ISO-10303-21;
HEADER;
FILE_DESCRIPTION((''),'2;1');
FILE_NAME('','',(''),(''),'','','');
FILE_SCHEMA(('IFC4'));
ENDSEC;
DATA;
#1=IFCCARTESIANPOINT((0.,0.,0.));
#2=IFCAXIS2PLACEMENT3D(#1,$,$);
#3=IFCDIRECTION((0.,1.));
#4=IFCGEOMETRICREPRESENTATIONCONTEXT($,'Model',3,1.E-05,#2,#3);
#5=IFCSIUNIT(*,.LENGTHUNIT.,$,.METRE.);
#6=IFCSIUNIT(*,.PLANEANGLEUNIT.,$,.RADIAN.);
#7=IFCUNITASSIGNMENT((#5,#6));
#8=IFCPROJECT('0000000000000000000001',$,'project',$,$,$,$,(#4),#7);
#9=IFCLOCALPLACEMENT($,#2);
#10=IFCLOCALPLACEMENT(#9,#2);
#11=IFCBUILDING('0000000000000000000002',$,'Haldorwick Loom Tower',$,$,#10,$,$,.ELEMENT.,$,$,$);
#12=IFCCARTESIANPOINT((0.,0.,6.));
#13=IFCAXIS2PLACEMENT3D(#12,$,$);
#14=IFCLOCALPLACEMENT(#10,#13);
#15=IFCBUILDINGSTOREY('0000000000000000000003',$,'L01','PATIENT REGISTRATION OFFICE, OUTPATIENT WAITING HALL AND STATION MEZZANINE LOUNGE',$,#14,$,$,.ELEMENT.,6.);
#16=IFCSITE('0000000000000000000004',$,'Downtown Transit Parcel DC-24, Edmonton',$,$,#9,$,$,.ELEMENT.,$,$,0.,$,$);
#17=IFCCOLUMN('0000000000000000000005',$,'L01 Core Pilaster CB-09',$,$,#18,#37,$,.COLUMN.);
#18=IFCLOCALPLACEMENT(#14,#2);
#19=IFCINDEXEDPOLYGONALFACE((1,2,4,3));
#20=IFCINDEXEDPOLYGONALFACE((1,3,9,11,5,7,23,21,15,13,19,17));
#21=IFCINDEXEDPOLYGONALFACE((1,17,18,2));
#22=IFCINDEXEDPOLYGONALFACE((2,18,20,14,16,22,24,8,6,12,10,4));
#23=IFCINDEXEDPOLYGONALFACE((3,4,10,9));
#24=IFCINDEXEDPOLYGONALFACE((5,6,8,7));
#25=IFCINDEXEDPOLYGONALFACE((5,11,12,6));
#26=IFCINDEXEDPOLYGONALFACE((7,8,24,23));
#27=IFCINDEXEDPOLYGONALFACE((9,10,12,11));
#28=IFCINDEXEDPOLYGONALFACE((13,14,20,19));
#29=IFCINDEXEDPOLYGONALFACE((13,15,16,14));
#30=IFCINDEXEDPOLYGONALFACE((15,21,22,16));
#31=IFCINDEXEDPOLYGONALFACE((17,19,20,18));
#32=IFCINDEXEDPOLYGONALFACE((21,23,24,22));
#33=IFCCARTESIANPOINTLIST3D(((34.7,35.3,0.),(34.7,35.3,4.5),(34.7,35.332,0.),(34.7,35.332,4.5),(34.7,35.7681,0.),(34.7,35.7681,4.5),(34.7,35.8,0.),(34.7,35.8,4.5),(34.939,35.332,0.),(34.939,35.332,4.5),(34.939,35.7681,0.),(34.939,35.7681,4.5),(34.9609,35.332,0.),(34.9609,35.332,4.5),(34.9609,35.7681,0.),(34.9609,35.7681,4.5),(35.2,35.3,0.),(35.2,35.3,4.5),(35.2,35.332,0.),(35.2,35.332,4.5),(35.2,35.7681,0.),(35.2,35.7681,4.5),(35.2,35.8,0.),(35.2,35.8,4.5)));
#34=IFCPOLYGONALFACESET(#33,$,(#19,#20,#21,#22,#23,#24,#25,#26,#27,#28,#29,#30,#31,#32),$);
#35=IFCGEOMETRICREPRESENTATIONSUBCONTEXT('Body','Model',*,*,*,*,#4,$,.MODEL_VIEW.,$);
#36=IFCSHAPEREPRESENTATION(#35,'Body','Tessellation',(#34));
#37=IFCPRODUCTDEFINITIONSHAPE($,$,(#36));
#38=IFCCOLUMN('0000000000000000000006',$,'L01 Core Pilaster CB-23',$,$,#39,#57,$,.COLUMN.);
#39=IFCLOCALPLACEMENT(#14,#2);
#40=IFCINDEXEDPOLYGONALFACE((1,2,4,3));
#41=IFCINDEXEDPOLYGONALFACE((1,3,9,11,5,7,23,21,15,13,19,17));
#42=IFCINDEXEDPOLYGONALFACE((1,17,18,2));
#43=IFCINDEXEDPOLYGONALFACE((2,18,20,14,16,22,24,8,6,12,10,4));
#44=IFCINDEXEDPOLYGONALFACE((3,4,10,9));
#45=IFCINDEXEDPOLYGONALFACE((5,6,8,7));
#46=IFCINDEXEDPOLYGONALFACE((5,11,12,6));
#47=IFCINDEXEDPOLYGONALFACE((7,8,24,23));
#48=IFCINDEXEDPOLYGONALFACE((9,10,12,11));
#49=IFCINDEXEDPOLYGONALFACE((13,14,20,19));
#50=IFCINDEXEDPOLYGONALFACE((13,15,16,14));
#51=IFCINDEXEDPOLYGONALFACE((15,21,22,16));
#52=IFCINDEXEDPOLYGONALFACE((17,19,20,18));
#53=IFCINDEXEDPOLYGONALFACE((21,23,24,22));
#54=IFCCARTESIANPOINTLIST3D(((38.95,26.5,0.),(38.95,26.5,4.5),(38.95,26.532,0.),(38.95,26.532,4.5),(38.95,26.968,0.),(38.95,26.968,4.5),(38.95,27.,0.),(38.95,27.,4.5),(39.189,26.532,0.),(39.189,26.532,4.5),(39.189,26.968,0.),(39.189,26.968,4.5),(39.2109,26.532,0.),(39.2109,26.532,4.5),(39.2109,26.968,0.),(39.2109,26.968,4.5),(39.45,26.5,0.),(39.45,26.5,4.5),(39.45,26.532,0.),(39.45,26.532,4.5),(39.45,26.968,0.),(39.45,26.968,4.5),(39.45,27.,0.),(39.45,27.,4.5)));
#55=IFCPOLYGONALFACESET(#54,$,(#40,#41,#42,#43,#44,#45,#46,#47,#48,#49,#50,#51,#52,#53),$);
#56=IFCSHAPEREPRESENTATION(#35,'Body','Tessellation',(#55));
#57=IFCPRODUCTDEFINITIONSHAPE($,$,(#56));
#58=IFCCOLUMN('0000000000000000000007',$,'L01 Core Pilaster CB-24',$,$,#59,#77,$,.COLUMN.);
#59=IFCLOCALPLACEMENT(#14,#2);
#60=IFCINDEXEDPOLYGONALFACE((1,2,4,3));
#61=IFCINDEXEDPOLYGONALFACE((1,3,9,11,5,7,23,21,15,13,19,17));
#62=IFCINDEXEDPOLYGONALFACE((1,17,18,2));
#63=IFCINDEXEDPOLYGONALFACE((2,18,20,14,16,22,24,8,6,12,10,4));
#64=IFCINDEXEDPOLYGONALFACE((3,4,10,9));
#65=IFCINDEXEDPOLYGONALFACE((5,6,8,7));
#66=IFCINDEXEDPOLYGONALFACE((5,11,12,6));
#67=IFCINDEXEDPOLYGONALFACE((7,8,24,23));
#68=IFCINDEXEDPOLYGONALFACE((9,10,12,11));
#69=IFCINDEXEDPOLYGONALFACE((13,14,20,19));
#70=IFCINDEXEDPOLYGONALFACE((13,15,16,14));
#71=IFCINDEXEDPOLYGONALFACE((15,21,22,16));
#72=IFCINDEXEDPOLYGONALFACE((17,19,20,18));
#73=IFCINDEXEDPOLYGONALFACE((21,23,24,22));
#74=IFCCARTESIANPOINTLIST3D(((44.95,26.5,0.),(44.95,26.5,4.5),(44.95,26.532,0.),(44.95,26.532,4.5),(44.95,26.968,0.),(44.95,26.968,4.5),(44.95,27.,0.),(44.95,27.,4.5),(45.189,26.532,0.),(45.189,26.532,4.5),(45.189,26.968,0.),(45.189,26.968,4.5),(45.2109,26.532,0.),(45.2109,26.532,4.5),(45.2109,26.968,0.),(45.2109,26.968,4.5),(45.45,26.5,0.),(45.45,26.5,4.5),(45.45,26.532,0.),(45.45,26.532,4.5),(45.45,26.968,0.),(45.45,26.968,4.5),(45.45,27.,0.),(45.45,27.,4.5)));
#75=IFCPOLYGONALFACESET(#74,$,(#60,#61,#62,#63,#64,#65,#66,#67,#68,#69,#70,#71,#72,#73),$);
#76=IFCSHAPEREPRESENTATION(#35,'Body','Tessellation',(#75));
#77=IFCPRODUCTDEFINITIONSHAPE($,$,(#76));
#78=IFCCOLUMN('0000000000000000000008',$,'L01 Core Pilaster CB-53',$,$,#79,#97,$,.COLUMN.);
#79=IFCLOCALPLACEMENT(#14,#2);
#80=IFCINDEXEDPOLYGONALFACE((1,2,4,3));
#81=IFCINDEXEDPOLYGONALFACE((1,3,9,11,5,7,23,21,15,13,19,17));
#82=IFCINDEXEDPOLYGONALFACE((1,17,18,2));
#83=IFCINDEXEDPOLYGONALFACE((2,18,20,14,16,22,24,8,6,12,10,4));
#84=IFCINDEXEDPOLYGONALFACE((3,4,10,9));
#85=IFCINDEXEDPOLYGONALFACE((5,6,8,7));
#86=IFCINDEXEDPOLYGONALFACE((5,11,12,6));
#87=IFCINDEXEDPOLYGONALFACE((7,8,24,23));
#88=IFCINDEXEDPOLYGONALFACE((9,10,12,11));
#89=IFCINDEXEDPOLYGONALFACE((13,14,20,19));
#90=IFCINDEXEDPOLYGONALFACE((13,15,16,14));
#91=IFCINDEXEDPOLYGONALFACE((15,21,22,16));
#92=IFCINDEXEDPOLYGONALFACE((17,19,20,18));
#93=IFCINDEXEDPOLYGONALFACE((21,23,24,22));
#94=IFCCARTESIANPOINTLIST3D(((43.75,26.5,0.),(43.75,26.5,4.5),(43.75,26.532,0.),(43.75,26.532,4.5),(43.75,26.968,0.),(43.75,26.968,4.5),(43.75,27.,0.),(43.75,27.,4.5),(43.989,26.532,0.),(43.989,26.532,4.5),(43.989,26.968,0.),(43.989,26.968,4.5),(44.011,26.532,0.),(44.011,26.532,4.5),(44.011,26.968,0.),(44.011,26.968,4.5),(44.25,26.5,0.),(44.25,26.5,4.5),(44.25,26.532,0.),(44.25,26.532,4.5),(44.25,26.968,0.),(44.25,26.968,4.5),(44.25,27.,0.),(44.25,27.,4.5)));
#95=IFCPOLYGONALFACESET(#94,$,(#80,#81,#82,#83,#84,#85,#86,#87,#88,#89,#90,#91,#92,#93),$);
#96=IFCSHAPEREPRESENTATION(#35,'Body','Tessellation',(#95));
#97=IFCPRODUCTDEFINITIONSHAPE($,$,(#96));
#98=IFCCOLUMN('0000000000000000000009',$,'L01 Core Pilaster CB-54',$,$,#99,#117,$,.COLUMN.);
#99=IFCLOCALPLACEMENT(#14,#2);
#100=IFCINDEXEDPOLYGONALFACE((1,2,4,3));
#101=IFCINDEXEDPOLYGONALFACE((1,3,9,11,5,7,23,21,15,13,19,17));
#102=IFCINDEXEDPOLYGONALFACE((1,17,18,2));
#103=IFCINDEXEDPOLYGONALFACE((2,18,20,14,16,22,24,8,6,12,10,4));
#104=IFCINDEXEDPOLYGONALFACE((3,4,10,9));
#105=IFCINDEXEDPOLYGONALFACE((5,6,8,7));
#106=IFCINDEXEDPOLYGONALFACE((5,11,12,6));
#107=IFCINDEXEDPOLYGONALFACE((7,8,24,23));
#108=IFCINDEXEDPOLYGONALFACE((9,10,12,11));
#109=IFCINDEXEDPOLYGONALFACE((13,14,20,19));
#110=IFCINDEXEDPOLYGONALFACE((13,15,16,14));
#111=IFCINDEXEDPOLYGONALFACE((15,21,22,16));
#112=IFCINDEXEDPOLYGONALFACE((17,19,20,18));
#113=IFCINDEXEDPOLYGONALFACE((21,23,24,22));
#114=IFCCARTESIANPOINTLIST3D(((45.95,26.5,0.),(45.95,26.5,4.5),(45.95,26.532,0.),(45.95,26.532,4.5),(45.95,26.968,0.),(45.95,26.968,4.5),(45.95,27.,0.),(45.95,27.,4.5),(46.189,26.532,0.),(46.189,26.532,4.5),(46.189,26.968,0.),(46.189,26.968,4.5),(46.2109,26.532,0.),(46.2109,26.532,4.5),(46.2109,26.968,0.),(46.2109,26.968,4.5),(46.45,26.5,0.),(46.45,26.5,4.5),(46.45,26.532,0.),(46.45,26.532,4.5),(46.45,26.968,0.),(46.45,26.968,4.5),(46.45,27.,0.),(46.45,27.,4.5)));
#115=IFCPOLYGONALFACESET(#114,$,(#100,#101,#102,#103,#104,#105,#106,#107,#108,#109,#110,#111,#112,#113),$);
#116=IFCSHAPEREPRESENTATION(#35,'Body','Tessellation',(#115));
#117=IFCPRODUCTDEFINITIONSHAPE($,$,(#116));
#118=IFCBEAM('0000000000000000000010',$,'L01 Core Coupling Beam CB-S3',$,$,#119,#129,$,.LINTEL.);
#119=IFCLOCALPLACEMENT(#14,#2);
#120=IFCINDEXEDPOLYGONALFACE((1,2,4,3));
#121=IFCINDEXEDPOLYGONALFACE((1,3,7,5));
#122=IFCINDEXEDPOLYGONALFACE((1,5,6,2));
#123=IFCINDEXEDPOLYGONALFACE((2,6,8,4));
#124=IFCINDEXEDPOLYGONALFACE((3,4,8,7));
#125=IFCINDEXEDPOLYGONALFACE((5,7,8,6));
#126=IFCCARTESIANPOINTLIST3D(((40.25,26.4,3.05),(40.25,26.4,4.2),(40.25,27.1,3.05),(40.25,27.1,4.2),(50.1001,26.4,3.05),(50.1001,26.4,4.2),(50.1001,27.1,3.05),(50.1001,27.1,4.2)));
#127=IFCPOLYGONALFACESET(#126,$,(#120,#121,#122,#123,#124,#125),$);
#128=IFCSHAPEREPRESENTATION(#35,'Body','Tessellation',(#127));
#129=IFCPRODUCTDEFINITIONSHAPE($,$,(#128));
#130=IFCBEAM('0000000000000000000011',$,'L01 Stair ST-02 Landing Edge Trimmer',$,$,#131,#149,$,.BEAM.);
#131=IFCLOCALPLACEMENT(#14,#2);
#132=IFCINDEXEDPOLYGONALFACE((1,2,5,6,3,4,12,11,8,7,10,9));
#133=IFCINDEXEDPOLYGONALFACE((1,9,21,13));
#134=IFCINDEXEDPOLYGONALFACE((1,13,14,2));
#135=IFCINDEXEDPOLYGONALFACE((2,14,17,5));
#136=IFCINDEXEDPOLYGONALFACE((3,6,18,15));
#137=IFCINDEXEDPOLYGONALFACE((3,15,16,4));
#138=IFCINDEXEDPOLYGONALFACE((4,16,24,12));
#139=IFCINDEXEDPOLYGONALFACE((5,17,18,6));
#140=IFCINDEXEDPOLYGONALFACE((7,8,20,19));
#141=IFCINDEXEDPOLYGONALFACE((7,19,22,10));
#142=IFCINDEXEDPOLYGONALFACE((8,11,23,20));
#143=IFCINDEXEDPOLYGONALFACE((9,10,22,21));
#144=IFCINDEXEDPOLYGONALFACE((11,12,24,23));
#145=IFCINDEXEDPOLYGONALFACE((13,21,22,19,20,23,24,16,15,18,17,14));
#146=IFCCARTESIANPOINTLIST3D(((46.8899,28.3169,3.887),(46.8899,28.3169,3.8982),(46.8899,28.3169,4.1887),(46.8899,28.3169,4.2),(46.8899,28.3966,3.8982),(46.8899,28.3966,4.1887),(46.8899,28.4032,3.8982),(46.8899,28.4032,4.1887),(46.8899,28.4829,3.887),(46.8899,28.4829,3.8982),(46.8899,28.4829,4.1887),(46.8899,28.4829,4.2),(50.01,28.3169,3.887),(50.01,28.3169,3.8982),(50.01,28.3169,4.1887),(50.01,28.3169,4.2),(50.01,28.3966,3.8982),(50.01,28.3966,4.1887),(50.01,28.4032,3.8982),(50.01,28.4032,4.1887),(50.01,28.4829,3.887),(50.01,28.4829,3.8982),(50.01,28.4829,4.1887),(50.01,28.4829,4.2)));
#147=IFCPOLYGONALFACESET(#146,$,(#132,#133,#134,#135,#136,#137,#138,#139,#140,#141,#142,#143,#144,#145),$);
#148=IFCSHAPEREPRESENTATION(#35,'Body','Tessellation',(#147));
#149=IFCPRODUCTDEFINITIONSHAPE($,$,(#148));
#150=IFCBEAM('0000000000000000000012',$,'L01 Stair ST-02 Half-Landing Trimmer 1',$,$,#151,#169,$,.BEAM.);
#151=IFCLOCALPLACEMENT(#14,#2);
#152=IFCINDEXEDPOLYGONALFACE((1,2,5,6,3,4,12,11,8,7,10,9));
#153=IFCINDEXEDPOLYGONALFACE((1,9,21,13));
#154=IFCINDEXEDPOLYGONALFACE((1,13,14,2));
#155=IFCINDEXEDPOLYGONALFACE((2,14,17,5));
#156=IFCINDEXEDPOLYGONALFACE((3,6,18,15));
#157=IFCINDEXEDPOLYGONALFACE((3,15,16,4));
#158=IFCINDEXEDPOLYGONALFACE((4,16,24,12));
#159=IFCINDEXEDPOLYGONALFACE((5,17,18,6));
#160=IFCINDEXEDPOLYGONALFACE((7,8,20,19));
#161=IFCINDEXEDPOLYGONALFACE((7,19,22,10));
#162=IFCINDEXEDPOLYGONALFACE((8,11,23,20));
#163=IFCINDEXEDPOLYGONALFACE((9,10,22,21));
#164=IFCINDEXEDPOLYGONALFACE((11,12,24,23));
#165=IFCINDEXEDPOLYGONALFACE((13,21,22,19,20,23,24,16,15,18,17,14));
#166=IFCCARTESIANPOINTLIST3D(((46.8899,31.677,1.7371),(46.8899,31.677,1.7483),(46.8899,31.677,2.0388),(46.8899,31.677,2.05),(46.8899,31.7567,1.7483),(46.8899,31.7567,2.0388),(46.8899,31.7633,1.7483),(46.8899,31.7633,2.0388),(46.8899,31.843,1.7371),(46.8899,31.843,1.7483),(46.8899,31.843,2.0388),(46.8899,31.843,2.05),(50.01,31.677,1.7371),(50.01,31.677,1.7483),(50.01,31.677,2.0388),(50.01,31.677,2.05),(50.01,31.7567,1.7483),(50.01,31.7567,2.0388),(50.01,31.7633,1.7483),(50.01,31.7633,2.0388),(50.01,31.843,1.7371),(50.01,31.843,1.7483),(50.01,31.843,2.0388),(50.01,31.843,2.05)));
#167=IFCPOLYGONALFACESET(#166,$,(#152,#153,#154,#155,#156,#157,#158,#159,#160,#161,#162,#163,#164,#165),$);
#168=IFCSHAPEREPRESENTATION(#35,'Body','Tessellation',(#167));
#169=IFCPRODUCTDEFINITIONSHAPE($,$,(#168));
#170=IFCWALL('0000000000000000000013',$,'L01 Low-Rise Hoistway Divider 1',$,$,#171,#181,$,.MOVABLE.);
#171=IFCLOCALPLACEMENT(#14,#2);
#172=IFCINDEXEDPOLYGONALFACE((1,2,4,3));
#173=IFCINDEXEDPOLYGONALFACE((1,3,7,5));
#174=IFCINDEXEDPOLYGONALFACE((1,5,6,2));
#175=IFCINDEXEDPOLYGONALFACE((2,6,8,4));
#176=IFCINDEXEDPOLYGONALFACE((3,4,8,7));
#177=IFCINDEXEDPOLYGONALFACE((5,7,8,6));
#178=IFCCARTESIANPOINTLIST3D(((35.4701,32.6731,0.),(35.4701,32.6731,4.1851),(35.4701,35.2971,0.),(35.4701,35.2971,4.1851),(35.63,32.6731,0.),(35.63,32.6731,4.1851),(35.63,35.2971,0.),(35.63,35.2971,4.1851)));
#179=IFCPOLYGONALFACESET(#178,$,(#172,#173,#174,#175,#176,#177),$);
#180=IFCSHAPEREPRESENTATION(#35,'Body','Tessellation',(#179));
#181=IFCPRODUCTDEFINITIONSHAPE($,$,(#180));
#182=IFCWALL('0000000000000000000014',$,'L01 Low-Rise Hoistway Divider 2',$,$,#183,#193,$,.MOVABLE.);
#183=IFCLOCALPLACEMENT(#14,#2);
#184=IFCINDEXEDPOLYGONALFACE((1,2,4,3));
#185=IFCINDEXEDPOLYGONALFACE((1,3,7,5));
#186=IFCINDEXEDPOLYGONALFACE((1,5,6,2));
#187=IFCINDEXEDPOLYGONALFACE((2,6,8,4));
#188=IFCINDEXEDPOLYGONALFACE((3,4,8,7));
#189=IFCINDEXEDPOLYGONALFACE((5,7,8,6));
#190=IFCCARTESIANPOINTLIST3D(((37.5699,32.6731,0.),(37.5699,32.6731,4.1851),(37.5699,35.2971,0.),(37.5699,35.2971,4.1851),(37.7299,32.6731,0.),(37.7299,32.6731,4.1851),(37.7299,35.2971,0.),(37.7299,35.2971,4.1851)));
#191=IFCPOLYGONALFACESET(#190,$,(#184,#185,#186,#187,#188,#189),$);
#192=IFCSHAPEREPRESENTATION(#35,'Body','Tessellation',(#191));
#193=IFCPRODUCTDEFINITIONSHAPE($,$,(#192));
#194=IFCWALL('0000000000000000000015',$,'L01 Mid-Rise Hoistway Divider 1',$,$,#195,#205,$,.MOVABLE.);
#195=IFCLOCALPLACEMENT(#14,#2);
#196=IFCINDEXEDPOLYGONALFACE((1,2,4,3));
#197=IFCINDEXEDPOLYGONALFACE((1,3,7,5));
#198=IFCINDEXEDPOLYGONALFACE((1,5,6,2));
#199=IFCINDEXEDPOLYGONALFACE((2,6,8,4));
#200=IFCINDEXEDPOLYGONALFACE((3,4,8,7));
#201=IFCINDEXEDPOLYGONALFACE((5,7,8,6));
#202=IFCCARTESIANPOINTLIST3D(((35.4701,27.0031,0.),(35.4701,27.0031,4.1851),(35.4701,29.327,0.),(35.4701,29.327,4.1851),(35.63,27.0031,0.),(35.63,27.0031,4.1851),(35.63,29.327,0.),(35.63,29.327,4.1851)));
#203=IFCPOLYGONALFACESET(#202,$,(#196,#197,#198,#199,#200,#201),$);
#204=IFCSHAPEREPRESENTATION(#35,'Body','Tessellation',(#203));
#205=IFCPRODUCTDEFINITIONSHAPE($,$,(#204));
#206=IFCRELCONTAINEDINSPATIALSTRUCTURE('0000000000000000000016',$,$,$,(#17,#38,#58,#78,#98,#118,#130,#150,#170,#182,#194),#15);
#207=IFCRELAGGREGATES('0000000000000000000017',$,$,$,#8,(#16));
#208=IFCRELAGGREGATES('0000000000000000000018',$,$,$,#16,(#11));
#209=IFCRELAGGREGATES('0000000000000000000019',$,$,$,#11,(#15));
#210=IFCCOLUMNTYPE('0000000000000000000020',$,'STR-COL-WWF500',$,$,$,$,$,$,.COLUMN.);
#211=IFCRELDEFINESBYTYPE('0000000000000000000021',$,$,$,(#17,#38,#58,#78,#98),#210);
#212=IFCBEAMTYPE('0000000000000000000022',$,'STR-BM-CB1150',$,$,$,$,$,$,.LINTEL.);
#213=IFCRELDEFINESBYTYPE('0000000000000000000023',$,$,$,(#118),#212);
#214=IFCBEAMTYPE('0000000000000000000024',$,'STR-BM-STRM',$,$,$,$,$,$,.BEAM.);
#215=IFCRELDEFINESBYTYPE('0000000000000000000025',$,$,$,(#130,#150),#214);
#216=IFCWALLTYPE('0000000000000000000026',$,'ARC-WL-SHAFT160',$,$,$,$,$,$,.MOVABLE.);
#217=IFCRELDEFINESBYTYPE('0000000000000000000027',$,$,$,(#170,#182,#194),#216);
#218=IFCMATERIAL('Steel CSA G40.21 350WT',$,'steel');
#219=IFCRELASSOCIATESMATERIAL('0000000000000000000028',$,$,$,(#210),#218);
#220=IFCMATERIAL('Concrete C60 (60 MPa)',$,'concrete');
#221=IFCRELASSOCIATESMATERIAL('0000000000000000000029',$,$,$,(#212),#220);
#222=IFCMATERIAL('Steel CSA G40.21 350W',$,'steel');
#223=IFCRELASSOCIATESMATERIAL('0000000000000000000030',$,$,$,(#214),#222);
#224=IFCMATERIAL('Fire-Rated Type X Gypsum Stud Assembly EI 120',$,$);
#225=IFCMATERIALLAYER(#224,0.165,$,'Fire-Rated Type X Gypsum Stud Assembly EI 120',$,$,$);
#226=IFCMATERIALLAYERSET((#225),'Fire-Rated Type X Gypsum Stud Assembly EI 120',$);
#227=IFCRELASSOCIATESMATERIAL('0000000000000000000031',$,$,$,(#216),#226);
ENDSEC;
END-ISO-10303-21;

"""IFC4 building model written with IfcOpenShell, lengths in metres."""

from ifc_helpers import new_model, si_unit, direction, frame, frame_2d, origin, origin_2d, place, context, subcontext, project, spatial, rectangle, i_section, extrude, material, layer, layer_set, material_profile, profile_set, type_object, element, save


model = new_model("IFC4")

# Units and contexts
model_context = context("Model", 3, precision=1e-05, world=origin(), true_north=direction((0.0, 1.0)))
body_context = subcontext(model_context, "Body", "Model", "MODEL_VIEW")
ifc_project = project(units=[si_unit("LENGTHUNIT", "METRE"), si_unit("PLANEANGLEUNIT", "RADIAN")], contexts=[model_context])

# Site, building, storey
site_placement = place(None, origin())
site = spatial("IfcSite", under=ifc_project, at=site_placement, Name="Downtown Transit Parcel DC-24, Edmonton", CompositionType="ELEMENT", RefElevation=0.0)
building_placement = place(site_placement, origin())
building = spatial("IfcBuilding", under=site, at=building_placement, Name="Haldorwick Loom Tower", CompositionType="ELEMENT")
storey_placement = place(building_placement, frame((0.0, 0.0, 6.0)))
storey = spatial("IfcBuildingStorey", under=building, at=storey_placement, Name="L01", Description="PATIENT REGISTRATION OFFICE, OUTPATIENT WAITING HALL AND STATION MEZZANINE LOUNGE", CompositionType="ELEMENT", Elevation=6.0)

# Columns
ifc_material_1 = material(Name="Steel CSA G40.21 350WT", Category="steel")
ifc_material_profile_1 = material_profile(ifc_material_1, i_section(OverallWidth=0.5, OverallDepth=0.5, WebThickness=0.022, FlangeThickness=0.032, at=origin_2d()), Name="WWF500X500", Category="steel")
ifc_profile_set_1 = profile_set([ifc_material_profile_1], Name="Steel CSA G40.21 350WT")
column_type = type_object("IfcColumnType", Name="STR-COL-WWF500", PredefinedType="COLUMN", material=ifc_profile_set_1)
for number, where, z_axis, x_axis, name in (
    (1, (34.95, 35.55, 0.0), (0.0, 0.0, 1.0), (1.0, 0.0, 0.0), "L01 Core Pilaster CB-09"),
    (2, (39.2, 26.75, 0.0), (0.0, 0.0, 1.0), (1.0, 0.0, 0.0), "L01 Core Pilaster CB-23"),
    (3, (45.2, 26.75, 0.0), (0.0, 0.0, 1.0), (1.0, 0.0, 0.0), "L01 Core Pilaster CB-24"),
    (4, (44.0, 26.75, 0.0), (0.0, 0.0, 1.0), (1.0, 0.0, 0.0), "L01 Core Pilaster CB-53"),
    (5, (46.2, 26.75, 0.0), (0.0, 0.0, 1.0), (1.0, 0.0, 0.0), "L01 Core Pilaster CB-54"),
):
    element("IfcColumn", number, at=place(storey_placement, frame(where, z_axis=z_axis, x_axis=x_axis)), inside=storey, type_object=column_type, Name=name, PredefinedType="COLUMN", context=body_context, shape_type="SweptSolid", body=[
        extrude(i_section(OverallWidth=0.5, OverallDepth=0.5, WebThickness=0.022, FlangeThickness=0.032, at=origin_2d()), origin(), (0.0, 0.0, 1.0), 4.5),
    ])

# Beams
ifc_material_2 = material(Name="Concrete C60 (60 MPa)", Category="concrete")
ifc_material_profile_2 = material_profile(ifc_material_2, rectangle(XDim=0.7, YDim=1.1499, at=origin_2d()), Name="RC700X1150", Category="concrete")
ifc_profile_set_2 = profile_set([ifc_material_profile_2], Name="Concrete C60 (60 MPa)")
beam_type_1 = type_object("IfcBeamType", Name="STR-BM-CB1150", PredefinedType="LINTEL", material=ifc_profile_set_2)
beam_placement = place(storey_placement, frame((40.25, 26.75, 3.625), z_axis=(1.0, 0.0, 0.0), x_axis=(0.0, 1.0, 0.0)))
element("IfcBeam", 6, at=beam_placement, inside=storey, type_object=beam_type_1, Name="L01 Core Coupling Beam CB-S3", PredefinedType="LINTEL", context=body_context, shape_type="SweptSolid", body=[
    extrude(rectangle(XDim=0.7, YDim=1.1499, at=origin_2d()), origin(), (0.0, 0.0, 1.0), 9.8501),
])
ifc_material_3 = material(Name="Steel CSA G40.21 350W", Category="steel")
ifc_material_profile_3 = material_profile(ifc_material_3, i_section(OverallWidth=0.166, OverallDepth=0.313, WebThickness=0.0066, FlangeThickness=0.0112, at=origin_2d()), Name="W310X45", Category="steel")
ifc_profile_set_3 = profile_set([ifc_material_profile_3], Name="Steel CSA G40.21 350W")
beam_type_2 = type_object("IfcBeamType", Name="STR-BM-STRM", PredefinedType="BEAM", material=ifc_profile_set_3)
for number, where, z_axis, x_axis, name in (
    (7, (46.8899, 28.3999, 4.0435), (1.0, 0.0, 0.0), (0.0, 1.0, 0.0), "L01 Stair ST-02 Landing Edge Trimmer"),
    (8, (46.8899, 31.76, 1.8936), (1.0, 0.0, 0.0), (0.0, 1.0, 0.0), "L01 Stair ST-02 Half-Landing Trimmer 1"),
):
    element("IfcBeam", number, at=place(storey_placement, frame(where, z_axis=z_axis, x_axis=x_axis)), inside=storey, type_object=beam_type_2, Name=name, PredefinedType="BEAM", context=body_context, shape_type="SweptSolid", body=[
        extrude(i_section(OverallWidth=0.166, OverallDepth=0.313, WebThickness=0.0066, FlangeThickness=0.0112, at=origin_2d()), origin(), (0.0, 0.0, 1.0), 3.1201),
    ])

# Walls
ifc_material_4 = material(Name="Fire-Rated Type X Gypsum Stud Assembly EI 120")
ifc_layer_1 = layer(ifc_material_4, 0.165, Name="Fire-Rated Type X Gypsum Stud Assembly EI 120")
ifc_layer_set_1 = layer_set([ifc_layer_1], Name="Fire-Rated Type X Gypsum Stud Assembly EI 120")
wall_type_1 = type_object("IfcWallType", Name="ARC-WL-SHAFT160", PredefinedType="MOVABLE", material=ifc_layer_set_1)
for number, where, z_axis, x_axis, name in (
    (9, (35.55, 32.6731, 0.0), (0.0, 0.0, 1.0), (0.0, 1.0, 0.0), "L01 Low-Rise Hoistway Divider 1"),
    (10, (37.6499, 32.6731, 0.0), (0.0, 0.0, 1.0), (0.0, 1.0, 0.0), "L01 Low-Rise Hoistway Divider 2"),
):
    element("IfcWall", number, at=place(storey_placement, frame(where, z_axis=z_axis, x_axis=x_axis)), inside=storey, type_object=wall_type_1, Name=name, PredefinedType="MOVABLE", context=body_context, shape_type="SweptSolid", body=[
        extrude(rectangle(XDim=2.624, YDim=0.1599, at=frame_2d((1.312, 0.0))), origin(), (0.0, 0.0, 1.0), 4.1851),
    ])
for number, where, z_axis, x_axis, name in (
    (11, (35.55, 27.0029, 0.0), (0.0, 0.0, 1.0), (0.0, 1.0, 0.0), "L01 Mid-Rise Hoistway Divider 1"),
):
    element("IfcWall", number, at=place(storey_placement, frame(where, z_axis=z_axis, x_axis=x_axis)), inside=storey, type_object=wall_type_1, Name=name, PredefinedType="MOVABLE", context=body_context, shape_type="SweptSolid", body=[
        extrude(rectangle(XDim=2.324, YDim=0.1599, at=frame_2d((1.1621, 0.0))), origin(), (0.0, 0.0, 1.0), 4.1851),
    ])

save(model, "model.ifc")
